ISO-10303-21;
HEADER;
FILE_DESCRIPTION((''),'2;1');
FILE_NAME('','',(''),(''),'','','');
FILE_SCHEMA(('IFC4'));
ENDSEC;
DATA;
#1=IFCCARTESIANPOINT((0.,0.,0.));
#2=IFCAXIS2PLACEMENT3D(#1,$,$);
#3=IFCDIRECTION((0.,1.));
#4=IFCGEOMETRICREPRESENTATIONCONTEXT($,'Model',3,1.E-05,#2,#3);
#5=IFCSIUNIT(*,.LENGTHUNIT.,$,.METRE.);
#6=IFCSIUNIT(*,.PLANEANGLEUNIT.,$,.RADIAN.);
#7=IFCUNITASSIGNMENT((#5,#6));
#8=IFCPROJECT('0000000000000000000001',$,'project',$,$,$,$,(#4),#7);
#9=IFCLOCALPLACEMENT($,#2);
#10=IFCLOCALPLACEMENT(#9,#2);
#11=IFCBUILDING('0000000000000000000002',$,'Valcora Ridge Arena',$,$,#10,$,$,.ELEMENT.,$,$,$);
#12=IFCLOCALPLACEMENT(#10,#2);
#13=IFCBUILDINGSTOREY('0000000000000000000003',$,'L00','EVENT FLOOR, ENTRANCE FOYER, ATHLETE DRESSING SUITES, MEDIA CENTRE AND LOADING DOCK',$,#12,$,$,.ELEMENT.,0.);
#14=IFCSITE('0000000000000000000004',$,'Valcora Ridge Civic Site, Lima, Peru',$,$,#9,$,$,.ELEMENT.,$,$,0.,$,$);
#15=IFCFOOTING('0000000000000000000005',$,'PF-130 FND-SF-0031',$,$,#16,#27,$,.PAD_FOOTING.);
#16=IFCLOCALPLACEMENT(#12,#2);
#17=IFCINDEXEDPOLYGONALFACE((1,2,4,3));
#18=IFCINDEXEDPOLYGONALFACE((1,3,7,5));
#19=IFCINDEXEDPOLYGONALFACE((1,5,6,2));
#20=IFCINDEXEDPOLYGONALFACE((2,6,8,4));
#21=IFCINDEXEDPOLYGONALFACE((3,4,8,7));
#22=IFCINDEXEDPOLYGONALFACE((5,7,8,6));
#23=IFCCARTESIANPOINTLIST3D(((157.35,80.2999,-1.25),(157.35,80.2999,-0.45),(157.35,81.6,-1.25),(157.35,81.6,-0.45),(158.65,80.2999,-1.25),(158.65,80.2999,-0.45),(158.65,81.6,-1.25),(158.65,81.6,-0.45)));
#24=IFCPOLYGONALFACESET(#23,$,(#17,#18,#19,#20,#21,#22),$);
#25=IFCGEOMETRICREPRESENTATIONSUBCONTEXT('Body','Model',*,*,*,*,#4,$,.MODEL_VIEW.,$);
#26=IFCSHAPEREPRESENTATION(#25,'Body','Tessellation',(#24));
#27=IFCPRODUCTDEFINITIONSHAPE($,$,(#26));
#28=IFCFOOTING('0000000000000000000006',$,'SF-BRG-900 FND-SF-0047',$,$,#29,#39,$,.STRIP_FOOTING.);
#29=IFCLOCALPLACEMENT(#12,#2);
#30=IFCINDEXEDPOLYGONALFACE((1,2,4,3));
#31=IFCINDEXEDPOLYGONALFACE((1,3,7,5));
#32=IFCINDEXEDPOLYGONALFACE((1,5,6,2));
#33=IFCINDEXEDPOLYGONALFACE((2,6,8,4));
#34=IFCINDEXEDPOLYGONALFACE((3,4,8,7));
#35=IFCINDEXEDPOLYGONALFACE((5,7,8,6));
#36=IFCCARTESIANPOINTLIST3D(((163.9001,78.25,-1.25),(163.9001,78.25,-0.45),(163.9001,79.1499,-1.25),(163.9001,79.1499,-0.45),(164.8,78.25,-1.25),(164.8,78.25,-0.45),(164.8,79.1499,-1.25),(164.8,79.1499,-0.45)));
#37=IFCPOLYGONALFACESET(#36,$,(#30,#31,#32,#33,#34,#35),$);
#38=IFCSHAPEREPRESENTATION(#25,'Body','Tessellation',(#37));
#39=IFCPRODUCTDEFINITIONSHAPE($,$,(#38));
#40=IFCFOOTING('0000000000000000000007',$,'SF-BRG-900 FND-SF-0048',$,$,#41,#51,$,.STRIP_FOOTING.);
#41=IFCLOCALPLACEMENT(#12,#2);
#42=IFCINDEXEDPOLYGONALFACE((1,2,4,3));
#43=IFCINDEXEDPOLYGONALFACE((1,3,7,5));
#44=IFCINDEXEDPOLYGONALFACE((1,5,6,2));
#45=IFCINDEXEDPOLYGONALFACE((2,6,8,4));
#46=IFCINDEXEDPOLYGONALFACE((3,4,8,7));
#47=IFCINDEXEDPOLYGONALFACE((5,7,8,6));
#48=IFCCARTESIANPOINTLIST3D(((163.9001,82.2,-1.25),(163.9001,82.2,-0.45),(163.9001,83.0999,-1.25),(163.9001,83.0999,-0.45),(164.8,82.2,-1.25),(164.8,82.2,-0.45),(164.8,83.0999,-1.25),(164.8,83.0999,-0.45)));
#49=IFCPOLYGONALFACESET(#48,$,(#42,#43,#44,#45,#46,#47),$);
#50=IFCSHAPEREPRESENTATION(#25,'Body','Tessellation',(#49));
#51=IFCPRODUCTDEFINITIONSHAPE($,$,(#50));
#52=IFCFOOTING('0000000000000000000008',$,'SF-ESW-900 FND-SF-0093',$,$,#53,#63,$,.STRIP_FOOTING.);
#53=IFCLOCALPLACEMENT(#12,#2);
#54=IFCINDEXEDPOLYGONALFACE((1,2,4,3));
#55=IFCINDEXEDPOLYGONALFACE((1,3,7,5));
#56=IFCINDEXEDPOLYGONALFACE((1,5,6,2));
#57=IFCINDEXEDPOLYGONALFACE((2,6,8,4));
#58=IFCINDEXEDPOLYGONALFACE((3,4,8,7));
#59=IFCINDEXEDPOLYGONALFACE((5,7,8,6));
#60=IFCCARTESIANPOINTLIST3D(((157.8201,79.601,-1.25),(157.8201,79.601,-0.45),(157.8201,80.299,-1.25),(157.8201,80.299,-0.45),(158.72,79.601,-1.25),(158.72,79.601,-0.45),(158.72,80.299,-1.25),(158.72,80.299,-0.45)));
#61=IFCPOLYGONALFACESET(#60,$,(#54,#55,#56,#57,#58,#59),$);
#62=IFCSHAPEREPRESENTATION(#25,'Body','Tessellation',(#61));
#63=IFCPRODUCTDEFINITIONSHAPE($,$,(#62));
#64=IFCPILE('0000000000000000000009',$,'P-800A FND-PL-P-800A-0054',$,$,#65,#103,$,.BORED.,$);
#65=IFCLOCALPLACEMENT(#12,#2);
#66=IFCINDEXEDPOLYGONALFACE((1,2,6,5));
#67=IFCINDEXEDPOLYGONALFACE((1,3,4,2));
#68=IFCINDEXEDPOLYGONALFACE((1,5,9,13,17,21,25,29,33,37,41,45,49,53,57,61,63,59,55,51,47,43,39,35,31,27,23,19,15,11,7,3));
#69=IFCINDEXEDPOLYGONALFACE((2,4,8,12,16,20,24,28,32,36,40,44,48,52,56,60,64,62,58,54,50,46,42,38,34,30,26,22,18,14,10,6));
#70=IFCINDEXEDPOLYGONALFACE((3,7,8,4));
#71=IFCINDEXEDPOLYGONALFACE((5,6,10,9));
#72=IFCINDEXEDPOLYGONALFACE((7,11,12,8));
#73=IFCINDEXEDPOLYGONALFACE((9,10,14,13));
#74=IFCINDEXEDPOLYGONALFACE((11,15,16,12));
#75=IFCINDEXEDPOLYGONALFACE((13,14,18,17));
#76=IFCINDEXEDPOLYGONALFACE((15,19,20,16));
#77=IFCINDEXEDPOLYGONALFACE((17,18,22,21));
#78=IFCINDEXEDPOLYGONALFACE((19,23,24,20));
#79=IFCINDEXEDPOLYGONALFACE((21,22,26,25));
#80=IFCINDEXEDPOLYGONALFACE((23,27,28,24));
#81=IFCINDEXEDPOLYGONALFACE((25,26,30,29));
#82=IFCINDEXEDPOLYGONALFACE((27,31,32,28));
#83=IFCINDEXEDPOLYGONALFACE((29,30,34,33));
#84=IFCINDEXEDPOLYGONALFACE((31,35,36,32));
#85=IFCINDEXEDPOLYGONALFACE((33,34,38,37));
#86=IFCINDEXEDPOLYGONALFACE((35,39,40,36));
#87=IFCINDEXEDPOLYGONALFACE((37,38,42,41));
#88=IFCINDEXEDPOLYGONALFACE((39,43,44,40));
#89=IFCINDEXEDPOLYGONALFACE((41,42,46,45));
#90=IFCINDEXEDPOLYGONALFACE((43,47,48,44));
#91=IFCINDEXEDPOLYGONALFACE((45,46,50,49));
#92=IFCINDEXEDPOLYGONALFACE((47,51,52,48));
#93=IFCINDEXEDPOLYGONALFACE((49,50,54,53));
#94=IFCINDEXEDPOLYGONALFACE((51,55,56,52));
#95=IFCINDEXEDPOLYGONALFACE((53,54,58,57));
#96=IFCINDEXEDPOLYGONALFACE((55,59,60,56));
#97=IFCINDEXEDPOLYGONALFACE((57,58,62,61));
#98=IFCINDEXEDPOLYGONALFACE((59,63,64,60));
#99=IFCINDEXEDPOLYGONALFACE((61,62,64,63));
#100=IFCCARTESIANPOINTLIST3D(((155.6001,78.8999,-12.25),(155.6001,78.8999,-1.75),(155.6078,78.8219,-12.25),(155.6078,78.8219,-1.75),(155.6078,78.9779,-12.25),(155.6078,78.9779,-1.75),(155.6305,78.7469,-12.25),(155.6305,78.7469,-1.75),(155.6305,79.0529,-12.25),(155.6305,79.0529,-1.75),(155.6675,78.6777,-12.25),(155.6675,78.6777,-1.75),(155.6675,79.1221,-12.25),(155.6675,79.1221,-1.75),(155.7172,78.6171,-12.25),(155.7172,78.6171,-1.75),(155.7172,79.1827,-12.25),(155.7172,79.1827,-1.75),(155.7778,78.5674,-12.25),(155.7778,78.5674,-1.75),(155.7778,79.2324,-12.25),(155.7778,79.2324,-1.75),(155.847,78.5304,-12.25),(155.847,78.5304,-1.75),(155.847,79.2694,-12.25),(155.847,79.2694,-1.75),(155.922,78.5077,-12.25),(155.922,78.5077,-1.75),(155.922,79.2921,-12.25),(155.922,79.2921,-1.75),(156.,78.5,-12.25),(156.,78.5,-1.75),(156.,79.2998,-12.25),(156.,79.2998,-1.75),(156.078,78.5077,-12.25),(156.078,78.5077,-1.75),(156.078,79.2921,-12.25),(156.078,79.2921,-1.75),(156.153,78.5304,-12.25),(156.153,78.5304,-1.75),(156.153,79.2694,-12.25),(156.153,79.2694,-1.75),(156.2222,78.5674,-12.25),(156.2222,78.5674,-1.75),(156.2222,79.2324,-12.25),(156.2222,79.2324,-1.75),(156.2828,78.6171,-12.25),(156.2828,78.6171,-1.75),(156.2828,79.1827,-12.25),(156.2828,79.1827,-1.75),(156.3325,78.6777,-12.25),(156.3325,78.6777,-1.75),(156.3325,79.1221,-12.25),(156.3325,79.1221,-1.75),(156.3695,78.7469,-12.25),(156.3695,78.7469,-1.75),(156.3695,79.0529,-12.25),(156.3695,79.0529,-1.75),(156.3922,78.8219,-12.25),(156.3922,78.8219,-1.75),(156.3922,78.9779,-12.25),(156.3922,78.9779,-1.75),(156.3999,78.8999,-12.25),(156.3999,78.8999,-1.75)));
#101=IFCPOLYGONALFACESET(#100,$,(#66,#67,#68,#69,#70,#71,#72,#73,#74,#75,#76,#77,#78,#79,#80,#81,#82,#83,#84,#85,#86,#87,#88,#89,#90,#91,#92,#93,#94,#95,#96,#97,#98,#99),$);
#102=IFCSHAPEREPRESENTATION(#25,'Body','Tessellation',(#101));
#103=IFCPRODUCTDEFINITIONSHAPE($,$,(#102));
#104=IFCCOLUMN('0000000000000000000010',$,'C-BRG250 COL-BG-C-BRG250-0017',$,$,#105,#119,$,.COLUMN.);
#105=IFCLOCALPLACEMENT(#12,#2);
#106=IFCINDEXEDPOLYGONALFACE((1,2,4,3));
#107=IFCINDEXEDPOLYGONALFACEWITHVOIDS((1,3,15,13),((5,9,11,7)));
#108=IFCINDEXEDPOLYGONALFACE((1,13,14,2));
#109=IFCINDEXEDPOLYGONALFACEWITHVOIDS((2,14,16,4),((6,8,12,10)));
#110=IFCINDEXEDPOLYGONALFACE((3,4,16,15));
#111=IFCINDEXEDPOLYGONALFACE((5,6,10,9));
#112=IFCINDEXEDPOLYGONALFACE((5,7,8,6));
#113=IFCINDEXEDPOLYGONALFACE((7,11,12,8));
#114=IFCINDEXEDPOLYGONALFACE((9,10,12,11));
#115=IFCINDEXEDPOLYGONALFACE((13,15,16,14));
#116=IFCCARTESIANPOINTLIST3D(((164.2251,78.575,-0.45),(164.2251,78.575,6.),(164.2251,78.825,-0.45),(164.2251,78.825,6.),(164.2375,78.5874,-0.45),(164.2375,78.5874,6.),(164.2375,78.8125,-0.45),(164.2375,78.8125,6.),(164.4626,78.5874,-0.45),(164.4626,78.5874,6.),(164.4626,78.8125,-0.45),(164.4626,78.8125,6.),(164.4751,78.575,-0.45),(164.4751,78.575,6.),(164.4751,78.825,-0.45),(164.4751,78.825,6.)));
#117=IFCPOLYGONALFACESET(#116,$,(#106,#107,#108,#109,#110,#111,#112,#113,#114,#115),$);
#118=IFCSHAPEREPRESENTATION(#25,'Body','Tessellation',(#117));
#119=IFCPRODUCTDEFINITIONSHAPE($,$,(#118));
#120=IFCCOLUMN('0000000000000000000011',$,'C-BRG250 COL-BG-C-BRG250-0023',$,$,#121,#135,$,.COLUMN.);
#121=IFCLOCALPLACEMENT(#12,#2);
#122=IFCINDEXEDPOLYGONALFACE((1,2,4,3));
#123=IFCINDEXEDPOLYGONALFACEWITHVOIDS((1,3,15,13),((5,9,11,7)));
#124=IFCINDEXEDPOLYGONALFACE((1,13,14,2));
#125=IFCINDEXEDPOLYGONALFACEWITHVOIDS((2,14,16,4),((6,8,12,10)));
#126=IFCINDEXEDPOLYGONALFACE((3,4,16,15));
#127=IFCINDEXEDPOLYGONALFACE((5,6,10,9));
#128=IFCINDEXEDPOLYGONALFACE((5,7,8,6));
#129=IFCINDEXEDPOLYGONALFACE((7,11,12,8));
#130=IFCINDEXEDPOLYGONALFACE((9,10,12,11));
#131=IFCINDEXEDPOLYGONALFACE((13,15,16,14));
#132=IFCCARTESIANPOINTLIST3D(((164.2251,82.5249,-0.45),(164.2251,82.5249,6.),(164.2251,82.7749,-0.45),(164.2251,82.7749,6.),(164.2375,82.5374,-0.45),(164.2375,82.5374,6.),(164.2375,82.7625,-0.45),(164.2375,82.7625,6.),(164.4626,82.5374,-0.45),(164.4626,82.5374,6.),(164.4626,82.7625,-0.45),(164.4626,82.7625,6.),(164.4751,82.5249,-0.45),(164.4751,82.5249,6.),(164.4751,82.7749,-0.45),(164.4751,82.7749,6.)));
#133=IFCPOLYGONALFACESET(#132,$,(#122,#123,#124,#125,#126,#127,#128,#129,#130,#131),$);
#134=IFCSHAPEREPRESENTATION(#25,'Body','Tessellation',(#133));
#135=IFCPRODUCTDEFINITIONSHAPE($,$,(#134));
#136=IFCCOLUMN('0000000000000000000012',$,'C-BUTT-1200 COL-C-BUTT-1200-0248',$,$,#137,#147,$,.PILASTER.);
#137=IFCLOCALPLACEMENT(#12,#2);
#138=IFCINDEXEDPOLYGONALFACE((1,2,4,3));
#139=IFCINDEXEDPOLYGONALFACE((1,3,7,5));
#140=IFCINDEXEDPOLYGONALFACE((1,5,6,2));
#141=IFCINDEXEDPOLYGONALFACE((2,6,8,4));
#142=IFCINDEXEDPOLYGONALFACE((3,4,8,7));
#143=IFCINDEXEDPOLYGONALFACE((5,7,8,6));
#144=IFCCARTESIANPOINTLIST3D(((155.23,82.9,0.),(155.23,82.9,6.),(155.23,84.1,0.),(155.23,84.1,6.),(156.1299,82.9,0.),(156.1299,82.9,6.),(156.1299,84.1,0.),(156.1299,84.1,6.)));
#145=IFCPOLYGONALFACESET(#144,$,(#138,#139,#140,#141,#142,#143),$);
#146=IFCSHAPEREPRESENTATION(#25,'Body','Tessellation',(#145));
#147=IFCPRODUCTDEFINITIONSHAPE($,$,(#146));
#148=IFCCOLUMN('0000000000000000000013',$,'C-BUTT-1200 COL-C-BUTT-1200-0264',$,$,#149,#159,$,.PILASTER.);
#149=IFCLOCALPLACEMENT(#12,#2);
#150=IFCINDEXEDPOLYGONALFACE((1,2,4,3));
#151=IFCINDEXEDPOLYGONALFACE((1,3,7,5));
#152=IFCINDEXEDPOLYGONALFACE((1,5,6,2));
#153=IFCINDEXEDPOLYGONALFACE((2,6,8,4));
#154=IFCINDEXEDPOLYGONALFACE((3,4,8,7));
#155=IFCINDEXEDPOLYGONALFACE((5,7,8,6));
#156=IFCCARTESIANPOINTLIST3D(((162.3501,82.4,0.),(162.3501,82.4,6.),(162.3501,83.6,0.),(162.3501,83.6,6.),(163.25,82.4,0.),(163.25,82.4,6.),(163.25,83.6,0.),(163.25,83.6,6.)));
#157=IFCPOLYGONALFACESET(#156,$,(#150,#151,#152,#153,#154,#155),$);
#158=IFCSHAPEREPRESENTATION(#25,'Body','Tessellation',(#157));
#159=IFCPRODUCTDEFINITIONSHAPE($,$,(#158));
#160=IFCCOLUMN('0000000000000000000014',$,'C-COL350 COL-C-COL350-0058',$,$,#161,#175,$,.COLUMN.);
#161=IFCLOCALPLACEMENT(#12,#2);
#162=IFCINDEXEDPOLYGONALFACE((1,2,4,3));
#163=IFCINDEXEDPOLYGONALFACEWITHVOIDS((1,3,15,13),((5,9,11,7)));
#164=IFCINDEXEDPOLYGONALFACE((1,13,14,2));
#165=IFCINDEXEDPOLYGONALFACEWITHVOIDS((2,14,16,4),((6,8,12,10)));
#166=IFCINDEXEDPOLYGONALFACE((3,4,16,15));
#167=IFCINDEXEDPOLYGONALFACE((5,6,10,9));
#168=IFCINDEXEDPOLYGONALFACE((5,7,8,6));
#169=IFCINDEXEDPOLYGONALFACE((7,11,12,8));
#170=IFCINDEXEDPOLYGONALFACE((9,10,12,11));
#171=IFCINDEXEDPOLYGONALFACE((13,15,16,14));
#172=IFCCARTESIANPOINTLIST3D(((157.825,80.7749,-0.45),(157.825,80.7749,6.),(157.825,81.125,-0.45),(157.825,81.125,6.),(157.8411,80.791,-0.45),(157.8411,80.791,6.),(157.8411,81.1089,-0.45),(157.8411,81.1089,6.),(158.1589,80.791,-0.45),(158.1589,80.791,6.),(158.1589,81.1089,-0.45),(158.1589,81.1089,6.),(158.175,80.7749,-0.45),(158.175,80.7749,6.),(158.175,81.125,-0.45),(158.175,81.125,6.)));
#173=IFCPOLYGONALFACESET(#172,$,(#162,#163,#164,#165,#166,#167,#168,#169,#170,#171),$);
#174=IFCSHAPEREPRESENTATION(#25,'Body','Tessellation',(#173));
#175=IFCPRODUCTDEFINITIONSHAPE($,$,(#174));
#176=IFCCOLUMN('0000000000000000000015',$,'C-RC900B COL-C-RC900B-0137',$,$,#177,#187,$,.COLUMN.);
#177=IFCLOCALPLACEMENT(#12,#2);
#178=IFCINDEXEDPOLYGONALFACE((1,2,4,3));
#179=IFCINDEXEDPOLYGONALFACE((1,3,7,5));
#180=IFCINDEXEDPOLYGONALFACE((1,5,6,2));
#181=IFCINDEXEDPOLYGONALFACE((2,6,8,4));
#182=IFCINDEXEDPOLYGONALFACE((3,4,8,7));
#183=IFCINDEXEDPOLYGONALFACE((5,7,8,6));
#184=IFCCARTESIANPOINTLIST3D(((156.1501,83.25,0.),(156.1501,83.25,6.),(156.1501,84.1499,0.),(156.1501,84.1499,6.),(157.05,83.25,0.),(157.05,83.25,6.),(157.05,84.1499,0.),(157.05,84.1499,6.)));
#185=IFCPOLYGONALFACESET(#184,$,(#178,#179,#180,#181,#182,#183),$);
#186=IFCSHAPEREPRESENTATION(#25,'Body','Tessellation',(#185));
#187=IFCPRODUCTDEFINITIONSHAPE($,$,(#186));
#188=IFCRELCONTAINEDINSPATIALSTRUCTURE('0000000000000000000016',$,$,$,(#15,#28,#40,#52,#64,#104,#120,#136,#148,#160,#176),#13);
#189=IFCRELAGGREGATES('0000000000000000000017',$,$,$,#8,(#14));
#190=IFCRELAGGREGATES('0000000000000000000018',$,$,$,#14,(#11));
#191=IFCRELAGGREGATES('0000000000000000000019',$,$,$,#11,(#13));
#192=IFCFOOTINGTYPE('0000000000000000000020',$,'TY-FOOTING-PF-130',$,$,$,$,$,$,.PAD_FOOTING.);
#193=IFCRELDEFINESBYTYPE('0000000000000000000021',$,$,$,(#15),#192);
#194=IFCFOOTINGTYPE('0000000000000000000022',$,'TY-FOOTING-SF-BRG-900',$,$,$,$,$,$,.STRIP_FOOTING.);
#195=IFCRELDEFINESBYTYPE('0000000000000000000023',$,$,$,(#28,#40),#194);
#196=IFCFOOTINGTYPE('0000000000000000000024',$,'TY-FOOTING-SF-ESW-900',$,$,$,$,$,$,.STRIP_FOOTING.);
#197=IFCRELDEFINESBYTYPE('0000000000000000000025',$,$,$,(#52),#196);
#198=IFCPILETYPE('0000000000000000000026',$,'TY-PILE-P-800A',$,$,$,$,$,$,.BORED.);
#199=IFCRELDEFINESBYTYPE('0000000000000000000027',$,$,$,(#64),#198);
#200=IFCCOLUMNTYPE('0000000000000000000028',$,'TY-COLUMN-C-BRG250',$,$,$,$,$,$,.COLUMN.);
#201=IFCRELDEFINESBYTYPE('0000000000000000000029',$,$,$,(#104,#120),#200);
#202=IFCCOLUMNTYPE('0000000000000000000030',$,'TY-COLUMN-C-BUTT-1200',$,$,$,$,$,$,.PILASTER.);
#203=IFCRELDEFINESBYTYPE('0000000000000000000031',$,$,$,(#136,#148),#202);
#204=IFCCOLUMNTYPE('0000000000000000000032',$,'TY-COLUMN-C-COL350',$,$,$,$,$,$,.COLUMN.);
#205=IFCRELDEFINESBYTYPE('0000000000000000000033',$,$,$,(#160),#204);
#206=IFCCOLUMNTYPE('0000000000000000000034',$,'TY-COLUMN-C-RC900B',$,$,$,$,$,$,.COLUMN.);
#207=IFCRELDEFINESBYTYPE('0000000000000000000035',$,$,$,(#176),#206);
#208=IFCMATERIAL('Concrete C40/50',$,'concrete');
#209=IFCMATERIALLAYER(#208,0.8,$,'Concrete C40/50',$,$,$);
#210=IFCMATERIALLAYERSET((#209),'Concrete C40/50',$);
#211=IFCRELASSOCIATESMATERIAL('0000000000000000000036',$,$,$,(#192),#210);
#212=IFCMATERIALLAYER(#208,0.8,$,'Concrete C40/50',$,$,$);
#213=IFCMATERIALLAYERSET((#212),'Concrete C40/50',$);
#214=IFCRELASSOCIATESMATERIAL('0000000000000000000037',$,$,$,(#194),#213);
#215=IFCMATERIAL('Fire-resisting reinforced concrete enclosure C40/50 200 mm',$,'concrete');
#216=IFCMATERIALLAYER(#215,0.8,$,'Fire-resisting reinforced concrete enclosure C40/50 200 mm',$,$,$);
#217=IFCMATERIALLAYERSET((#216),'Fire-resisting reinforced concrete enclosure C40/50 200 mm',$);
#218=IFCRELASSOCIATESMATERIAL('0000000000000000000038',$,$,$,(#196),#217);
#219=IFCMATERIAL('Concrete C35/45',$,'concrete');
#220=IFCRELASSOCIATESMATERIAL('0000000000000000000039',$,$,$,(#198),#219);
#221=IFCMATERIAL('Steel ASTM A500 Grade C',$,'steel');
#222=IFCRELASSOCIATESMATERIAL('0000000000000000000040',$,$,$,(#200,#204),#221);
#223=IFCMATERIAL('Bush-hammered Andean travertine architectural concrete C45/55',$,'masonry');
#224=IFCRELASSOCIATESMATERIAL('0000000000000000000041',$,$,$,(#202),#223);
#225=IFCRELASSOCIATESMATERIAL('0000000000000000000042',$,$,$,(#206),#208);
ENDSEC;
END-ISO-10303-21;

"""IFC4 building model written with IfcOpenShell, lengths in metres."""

from ifc_helpers import new_model, si_unit, direction, frame, origin, origin_2d, place, context, subcontext, project, spatial, rectangle, hollow_rectangle, circle, extrude, material, layer, layer_set, material_profile, profile_set, type_object, element, save


model = new_model("IFC4")

# Units and contexts
model_context = context("Model", 3, precision=1e-05, world=origin(), true_north=direction((0.0, 1.0)))
body_context = subcontext(model_context, "Body", "Model", "MODEL_VIEW")
ifc_project = project(units=[si_unit("LENGTHUNIT", "METRE"), si_unit("PLANEANGLEUNIT", "RADIAN")], contexts=[model_context])

# Site, building, storey
site_placement = place(None, origin())
site = spatial("IfcSite", under=ifc_project, at=site_placement, Name="Valcora Ridge Civic Site, Lima, Peru", CompositionType="ELEMENT", RefElevation=0.0)
building_placement = place(site_placement, origin())
building = spatial("IfcBuilding", under=site, at=building_placement, Name="Valcora Ridge Arena", CompositionType="ELEMENT")
storey_placement = place(building_placement, origin())
storey = spatial("IfcBuildingStorey", under=building, at=storey_placement, Name="L00", Description="EVENT FLOOR, ENTRANCE FOYER, ATHLETE DRESSING SUITES, MEDIA CENTRE AND LOADING DOCK", CompositionType="ELEMENT", Elevation=0.0)

# Footings
ifc_material_1 = material(Name="Concrete C40/50", Category="concrete")
ifc_layer_1 = layer(ifc_material_1, 0.8, Name="Concrete C40/50")
ifc_layer_set_1 = layer_set([ifc_layer_1], Name="Concrete C40/50")
footing_type_1 = type_object("IfcFootingType", Name="TY-FOOTING-PF-130", PredefinedType="PAD_FOOTING", material=ifc_layer_set_1)
footing_1_placement = place(storey_placement, frame((158.0, 80.95, -1.25), z_axis=(0.0, 0.0, 1.0), x_axis=(1.0, 0.0, 0.0)))
element("IfcFooting", 1, at=footing_1_placement, inside=storey, type_object=footing_type_1, Name="PF-130 FND-SF-0031", PredefinedType="PAD_FOOTING", context=body_context, shape_type="SweptSolid", body=[
    extrude(rectangle(XDim=1.3, YDim=1.3, at=origin_2d()), origin(), (0.0, 0.0, 1.0), 0.8),
])
ifc_layer_2 = layer(ifc_material_1, 0.8, Name="Concrete C40/50")
ifc_layer_set_2 = layer_set([ifc_layer_2], Name="Concrete C40/50")
footing_type_2 = type_object("IfcFootingType", Name="TY-FOOTING-SF-BRG-900", PredefinedType="STRIP_FOOTING", material=ifc_layer_set_2)
for number, where, z_axis, x_axis, name in (
    (2, (164.3501, 78.7, -1.25), (0.0, 0.0, 1.0), (1.0, 0.0, 0.0), "SF-BRG-900 FND-SF-0047"),
    (3, (164.3501, 82.6499, -1.25), (0.0, 0.0, 1.0), (1.0, 0.0, 0.0), "SF-BRG-900 FND-SF-0048"),
):
    element("IfcFooting", number, at=place(storey_placement, frame(where, z_axis=z_axis, x_axis=x_axis)), inside=storey, type_object=footing_type_2, Name=name, PredefinedType="STRIP_FOOTING", context=body_context, shape_type="SweptSolid", body=[
        extrude(rectangle(XDim=0.8999, YDim=0.8999, at=origin_2d()), origin(), (0.0, 0.0, 1.0), 0.8),
    ])
ifc_material_2 = material(Name="Fire-resisting reinforced concrete enclosure C40/50 200 mm", Category="concrete")
ifc_layer_3 = layer(ifc_material_2, 0.8, Name="Fire-resisting reinforced concrete enclosure C40/50 200 mm")
ifc_layer_set_3 = layer_set([ifc_layer_3], Name="Fire-resisting reinforced concrete enclosure C40/50 200 mm")
footing_type_3 = type_object("IfcFootingType", Name="TY-FOOTING-SF-ESW-900", PredefinedType="STRIP_FOOTING", material=ifc_layer_set_3)
footing_2_placement = place(storey_placement, frame((158.27, 79.95, -1.25), z_axis=(0.0, 0.0, 1.0), x_axis=(1.0, 0.0, 0.0)))
element("IfcFooting", 4, at=footing_2_placement, inside=storey, type_object=footing_type_3, Name="SF-ESW-900 FND-SF-0093", PredefinedType="STRIP_FOOTING", context=body_context, shape_type="SweptSolid", body=[
    extrude(rectangle(XDim=0.8999, YDim=0.698, at=origin_2d()), origin(), (0.0, 0.0, 1.0), 0.8),
])

# Pile
ifc_material_3 = material(Name="Concrete C35/45", Category="concrete")
ifc_material_profile_1 = material_profile(ifc_material_3, circle(Radius=0.3999, at=origin_2d()), Name="BORED PILE D800")
ifc_profile_set_1 = profile_set([ifc_material_profile_1], Name="Concrete C35/45")
pile_type = type_object("IfcPileType", Name="TY-PILE-P-800A", PredefinedType="BORED", material=ifc_profile_set_1)
pile_placement = place(storey_placement, frame((156.0, 78.8999, -1.75), z_axis=(0.0, 0.0, -1.0), x_axis=(1.0, 0.0, 0.0)))
element("IfcPile", 5, at=pile_placement, inside=storey, type_object=pile_type, Name="P-800A FND-PL-P-800A-0054", PredefinedType="BORED", context=body_context, shape_type="SweptSolid", body=[
    extrude(circle(Radius=0.3999, at=origin_2d()), origin(), (0.0, 0.0, 1.0), 10.5),
])

# Columns
ifc_material_4 = material(Name="Steel ASTM A500 Grade C", Category="steel")
ifc_material_profile_2 = material_profile(ifc_material_4, hollow_rectangle(XDim=0.25, YDim=0.25, WallThickness=0.0125, at=origin_2d()), Name="HSS250X250X12")
ifc_profile_set_2 = profile_set([ifc_material_profile_2], Name="Steel ASTM A500 Grade C")
column_type_1 = type_object("IfcColumnType", Name="TY-COLUMN-C-BRG250", PredefinedType="COLUMN", material=ifc_profile_set_2)
for number, where, z_axis, x_axis, name in (
    (6, (164.3501, 78.7, -0.45), (0.0, 0.0, 1.0), (1.0, 0.0, 0.0), "C-BRG250 COL-BG-C-BRG250-0017"),
    (7, (164.3501, 82.6499, -0.45), (0.0, 0.0, 1.0), (1.0, 0.0, 0.0), "C-BRG250 COL-BG-C-BRG250-0023"),
):
    element("IfcColumn", number, at=place(storey_placement, frame(where, z_axis=z_axis, x_axis=x_axis)), inside=storey, type_object=column_type_1, Name=name, PredefinedType="COLUMN", context=body_context, shape_type="SweptSolid", body=[
        extrude(hollow_rectangle(XDim=0.25, YDim=0.25, WallThickness=0.0125, at=origin_2d()), origin(), (0.0, 0.0, 1.0), 6.45),
    ])
ifc_material_5 = material(Name="Bush-hammered Andean travertine architectural concrete C45/55", Category="masonry")
ifc_material_profile_3 = material_profile(ifc_material_5, rectangle(XDim=0.8999, YDim=1.2, at=origin_2d()), Name="RC 900x1200")
ifc_profile_set_3 = profile_set([ifc_material_profile_3], Name="Bush-hammered Andean travertine architectural concrete C45/55")
column_type_2 = type_object("IfcColumnType", Name="TY-COLUMN-C-BUTT-1200", PredefinedType="PILASTER", material=ifc_profile_set_3)
for number, where, z_axis, x_axis, name in (
    (8, (155.6799, 83.5, 0.0), (0.0, 0.0, 1.0), (1.0, 0.0, 0.0), "C-BUTT-1200 COL-C-BUTT-1200-0248"),
    (9, (162.8, 83.0, 0.0), (0.0, 0.0, 1.0), (1.0, 0.0, 0.0), "C-BUTT-1200 COL-C-BUTT-1200-0264"),
):
    element("IfcColumn", number, at=place(storey_placement, frame(where, z_axis=z_axis, x_axis=x_axis)), inside=storey, type_object=column_type_2, Name=name, PredefinedType="PILASTER", context=body_context, shape_type="SweptSolid", body=[
        extrude(rectangle(XDim=0.8999, YDim=1.2, at=origin_2d()), origin(), (0.0, 0.0, 1.0), 6.0),
    ])
ifc_material_profile_4 = material_profile(ifc_material_4, hollow_rectangle(XDim=0.3501, YDim=0.3501, WallThickness=0.0161, at=origin_2d()), Name="HSS350X350X16")
ifc_profile_set_4 = profile_set([ifc_material_profile_4], Name="Steel ASTM A500 Grade C")
column_type_3 = type_object("IfcColumnType", Name="TY-COLUMN-C-COL350", PredefinedType="COLUMN", material=ifc_profile_set_4)
column_1_placement = place(storey_placement, frame((158.0, 80.95, -0.45), z_axis=(0.0, 0.0, 1.0), x_axis=(1.0, 0.0, 0.0)))
element("IfcColumn", 10, at=column_1_placement, inside=storey, type_object=column_type_3, Name="C-COL350 COL-C-COL350-0058", PredefinedType="COLUMN", context=body_context, shape_type="SweptSolid", body=[
    extrude(hollow_rectangle(XDim=0.3501, YDim=0.3501, WallThickness=0.0161, at=origin_2d()), origin(), (0.0, 0.0, 1.0), 6.45),
])
ifc_material_profile_5 = material_profile(ifc_material_1, rectangle(XDim=0.8999, YDim=0.8999, at=origin_2d()), Name="RC 900x900")
ifc_profile_set_5 = profile_set([ifc_material_profile_5], Name="Concrete C40/50")
column_type_4 = type_object("IfcColumnType", Name="TY-COLUMN-C-RC900B", PredefinedType="COLUMN", material=ifc_profile_set_5)
column_2_placement = place(storey_placement, frame((156.6001, 83.7, 0.0), z_axis=(0.0, 0.0, 1.0), x_axis=(1.0, 0.0, 0.0)))
element("IfcColumn", 11, at=column_2_placement, inside=storey, type_object=column_type_4, Name="C-RC900B COL-C-RC900B-0137", PredefinedType="COLUMN", context=body_context, shape_type="SweptSolid", body=[
    extrude(rectangle(XDim=0.8999, YDim=0.8999, at=origin_2d()), origin(), (0.0, 0.0, 1.0), 6.0),
])

save(model, "model.ifc")
